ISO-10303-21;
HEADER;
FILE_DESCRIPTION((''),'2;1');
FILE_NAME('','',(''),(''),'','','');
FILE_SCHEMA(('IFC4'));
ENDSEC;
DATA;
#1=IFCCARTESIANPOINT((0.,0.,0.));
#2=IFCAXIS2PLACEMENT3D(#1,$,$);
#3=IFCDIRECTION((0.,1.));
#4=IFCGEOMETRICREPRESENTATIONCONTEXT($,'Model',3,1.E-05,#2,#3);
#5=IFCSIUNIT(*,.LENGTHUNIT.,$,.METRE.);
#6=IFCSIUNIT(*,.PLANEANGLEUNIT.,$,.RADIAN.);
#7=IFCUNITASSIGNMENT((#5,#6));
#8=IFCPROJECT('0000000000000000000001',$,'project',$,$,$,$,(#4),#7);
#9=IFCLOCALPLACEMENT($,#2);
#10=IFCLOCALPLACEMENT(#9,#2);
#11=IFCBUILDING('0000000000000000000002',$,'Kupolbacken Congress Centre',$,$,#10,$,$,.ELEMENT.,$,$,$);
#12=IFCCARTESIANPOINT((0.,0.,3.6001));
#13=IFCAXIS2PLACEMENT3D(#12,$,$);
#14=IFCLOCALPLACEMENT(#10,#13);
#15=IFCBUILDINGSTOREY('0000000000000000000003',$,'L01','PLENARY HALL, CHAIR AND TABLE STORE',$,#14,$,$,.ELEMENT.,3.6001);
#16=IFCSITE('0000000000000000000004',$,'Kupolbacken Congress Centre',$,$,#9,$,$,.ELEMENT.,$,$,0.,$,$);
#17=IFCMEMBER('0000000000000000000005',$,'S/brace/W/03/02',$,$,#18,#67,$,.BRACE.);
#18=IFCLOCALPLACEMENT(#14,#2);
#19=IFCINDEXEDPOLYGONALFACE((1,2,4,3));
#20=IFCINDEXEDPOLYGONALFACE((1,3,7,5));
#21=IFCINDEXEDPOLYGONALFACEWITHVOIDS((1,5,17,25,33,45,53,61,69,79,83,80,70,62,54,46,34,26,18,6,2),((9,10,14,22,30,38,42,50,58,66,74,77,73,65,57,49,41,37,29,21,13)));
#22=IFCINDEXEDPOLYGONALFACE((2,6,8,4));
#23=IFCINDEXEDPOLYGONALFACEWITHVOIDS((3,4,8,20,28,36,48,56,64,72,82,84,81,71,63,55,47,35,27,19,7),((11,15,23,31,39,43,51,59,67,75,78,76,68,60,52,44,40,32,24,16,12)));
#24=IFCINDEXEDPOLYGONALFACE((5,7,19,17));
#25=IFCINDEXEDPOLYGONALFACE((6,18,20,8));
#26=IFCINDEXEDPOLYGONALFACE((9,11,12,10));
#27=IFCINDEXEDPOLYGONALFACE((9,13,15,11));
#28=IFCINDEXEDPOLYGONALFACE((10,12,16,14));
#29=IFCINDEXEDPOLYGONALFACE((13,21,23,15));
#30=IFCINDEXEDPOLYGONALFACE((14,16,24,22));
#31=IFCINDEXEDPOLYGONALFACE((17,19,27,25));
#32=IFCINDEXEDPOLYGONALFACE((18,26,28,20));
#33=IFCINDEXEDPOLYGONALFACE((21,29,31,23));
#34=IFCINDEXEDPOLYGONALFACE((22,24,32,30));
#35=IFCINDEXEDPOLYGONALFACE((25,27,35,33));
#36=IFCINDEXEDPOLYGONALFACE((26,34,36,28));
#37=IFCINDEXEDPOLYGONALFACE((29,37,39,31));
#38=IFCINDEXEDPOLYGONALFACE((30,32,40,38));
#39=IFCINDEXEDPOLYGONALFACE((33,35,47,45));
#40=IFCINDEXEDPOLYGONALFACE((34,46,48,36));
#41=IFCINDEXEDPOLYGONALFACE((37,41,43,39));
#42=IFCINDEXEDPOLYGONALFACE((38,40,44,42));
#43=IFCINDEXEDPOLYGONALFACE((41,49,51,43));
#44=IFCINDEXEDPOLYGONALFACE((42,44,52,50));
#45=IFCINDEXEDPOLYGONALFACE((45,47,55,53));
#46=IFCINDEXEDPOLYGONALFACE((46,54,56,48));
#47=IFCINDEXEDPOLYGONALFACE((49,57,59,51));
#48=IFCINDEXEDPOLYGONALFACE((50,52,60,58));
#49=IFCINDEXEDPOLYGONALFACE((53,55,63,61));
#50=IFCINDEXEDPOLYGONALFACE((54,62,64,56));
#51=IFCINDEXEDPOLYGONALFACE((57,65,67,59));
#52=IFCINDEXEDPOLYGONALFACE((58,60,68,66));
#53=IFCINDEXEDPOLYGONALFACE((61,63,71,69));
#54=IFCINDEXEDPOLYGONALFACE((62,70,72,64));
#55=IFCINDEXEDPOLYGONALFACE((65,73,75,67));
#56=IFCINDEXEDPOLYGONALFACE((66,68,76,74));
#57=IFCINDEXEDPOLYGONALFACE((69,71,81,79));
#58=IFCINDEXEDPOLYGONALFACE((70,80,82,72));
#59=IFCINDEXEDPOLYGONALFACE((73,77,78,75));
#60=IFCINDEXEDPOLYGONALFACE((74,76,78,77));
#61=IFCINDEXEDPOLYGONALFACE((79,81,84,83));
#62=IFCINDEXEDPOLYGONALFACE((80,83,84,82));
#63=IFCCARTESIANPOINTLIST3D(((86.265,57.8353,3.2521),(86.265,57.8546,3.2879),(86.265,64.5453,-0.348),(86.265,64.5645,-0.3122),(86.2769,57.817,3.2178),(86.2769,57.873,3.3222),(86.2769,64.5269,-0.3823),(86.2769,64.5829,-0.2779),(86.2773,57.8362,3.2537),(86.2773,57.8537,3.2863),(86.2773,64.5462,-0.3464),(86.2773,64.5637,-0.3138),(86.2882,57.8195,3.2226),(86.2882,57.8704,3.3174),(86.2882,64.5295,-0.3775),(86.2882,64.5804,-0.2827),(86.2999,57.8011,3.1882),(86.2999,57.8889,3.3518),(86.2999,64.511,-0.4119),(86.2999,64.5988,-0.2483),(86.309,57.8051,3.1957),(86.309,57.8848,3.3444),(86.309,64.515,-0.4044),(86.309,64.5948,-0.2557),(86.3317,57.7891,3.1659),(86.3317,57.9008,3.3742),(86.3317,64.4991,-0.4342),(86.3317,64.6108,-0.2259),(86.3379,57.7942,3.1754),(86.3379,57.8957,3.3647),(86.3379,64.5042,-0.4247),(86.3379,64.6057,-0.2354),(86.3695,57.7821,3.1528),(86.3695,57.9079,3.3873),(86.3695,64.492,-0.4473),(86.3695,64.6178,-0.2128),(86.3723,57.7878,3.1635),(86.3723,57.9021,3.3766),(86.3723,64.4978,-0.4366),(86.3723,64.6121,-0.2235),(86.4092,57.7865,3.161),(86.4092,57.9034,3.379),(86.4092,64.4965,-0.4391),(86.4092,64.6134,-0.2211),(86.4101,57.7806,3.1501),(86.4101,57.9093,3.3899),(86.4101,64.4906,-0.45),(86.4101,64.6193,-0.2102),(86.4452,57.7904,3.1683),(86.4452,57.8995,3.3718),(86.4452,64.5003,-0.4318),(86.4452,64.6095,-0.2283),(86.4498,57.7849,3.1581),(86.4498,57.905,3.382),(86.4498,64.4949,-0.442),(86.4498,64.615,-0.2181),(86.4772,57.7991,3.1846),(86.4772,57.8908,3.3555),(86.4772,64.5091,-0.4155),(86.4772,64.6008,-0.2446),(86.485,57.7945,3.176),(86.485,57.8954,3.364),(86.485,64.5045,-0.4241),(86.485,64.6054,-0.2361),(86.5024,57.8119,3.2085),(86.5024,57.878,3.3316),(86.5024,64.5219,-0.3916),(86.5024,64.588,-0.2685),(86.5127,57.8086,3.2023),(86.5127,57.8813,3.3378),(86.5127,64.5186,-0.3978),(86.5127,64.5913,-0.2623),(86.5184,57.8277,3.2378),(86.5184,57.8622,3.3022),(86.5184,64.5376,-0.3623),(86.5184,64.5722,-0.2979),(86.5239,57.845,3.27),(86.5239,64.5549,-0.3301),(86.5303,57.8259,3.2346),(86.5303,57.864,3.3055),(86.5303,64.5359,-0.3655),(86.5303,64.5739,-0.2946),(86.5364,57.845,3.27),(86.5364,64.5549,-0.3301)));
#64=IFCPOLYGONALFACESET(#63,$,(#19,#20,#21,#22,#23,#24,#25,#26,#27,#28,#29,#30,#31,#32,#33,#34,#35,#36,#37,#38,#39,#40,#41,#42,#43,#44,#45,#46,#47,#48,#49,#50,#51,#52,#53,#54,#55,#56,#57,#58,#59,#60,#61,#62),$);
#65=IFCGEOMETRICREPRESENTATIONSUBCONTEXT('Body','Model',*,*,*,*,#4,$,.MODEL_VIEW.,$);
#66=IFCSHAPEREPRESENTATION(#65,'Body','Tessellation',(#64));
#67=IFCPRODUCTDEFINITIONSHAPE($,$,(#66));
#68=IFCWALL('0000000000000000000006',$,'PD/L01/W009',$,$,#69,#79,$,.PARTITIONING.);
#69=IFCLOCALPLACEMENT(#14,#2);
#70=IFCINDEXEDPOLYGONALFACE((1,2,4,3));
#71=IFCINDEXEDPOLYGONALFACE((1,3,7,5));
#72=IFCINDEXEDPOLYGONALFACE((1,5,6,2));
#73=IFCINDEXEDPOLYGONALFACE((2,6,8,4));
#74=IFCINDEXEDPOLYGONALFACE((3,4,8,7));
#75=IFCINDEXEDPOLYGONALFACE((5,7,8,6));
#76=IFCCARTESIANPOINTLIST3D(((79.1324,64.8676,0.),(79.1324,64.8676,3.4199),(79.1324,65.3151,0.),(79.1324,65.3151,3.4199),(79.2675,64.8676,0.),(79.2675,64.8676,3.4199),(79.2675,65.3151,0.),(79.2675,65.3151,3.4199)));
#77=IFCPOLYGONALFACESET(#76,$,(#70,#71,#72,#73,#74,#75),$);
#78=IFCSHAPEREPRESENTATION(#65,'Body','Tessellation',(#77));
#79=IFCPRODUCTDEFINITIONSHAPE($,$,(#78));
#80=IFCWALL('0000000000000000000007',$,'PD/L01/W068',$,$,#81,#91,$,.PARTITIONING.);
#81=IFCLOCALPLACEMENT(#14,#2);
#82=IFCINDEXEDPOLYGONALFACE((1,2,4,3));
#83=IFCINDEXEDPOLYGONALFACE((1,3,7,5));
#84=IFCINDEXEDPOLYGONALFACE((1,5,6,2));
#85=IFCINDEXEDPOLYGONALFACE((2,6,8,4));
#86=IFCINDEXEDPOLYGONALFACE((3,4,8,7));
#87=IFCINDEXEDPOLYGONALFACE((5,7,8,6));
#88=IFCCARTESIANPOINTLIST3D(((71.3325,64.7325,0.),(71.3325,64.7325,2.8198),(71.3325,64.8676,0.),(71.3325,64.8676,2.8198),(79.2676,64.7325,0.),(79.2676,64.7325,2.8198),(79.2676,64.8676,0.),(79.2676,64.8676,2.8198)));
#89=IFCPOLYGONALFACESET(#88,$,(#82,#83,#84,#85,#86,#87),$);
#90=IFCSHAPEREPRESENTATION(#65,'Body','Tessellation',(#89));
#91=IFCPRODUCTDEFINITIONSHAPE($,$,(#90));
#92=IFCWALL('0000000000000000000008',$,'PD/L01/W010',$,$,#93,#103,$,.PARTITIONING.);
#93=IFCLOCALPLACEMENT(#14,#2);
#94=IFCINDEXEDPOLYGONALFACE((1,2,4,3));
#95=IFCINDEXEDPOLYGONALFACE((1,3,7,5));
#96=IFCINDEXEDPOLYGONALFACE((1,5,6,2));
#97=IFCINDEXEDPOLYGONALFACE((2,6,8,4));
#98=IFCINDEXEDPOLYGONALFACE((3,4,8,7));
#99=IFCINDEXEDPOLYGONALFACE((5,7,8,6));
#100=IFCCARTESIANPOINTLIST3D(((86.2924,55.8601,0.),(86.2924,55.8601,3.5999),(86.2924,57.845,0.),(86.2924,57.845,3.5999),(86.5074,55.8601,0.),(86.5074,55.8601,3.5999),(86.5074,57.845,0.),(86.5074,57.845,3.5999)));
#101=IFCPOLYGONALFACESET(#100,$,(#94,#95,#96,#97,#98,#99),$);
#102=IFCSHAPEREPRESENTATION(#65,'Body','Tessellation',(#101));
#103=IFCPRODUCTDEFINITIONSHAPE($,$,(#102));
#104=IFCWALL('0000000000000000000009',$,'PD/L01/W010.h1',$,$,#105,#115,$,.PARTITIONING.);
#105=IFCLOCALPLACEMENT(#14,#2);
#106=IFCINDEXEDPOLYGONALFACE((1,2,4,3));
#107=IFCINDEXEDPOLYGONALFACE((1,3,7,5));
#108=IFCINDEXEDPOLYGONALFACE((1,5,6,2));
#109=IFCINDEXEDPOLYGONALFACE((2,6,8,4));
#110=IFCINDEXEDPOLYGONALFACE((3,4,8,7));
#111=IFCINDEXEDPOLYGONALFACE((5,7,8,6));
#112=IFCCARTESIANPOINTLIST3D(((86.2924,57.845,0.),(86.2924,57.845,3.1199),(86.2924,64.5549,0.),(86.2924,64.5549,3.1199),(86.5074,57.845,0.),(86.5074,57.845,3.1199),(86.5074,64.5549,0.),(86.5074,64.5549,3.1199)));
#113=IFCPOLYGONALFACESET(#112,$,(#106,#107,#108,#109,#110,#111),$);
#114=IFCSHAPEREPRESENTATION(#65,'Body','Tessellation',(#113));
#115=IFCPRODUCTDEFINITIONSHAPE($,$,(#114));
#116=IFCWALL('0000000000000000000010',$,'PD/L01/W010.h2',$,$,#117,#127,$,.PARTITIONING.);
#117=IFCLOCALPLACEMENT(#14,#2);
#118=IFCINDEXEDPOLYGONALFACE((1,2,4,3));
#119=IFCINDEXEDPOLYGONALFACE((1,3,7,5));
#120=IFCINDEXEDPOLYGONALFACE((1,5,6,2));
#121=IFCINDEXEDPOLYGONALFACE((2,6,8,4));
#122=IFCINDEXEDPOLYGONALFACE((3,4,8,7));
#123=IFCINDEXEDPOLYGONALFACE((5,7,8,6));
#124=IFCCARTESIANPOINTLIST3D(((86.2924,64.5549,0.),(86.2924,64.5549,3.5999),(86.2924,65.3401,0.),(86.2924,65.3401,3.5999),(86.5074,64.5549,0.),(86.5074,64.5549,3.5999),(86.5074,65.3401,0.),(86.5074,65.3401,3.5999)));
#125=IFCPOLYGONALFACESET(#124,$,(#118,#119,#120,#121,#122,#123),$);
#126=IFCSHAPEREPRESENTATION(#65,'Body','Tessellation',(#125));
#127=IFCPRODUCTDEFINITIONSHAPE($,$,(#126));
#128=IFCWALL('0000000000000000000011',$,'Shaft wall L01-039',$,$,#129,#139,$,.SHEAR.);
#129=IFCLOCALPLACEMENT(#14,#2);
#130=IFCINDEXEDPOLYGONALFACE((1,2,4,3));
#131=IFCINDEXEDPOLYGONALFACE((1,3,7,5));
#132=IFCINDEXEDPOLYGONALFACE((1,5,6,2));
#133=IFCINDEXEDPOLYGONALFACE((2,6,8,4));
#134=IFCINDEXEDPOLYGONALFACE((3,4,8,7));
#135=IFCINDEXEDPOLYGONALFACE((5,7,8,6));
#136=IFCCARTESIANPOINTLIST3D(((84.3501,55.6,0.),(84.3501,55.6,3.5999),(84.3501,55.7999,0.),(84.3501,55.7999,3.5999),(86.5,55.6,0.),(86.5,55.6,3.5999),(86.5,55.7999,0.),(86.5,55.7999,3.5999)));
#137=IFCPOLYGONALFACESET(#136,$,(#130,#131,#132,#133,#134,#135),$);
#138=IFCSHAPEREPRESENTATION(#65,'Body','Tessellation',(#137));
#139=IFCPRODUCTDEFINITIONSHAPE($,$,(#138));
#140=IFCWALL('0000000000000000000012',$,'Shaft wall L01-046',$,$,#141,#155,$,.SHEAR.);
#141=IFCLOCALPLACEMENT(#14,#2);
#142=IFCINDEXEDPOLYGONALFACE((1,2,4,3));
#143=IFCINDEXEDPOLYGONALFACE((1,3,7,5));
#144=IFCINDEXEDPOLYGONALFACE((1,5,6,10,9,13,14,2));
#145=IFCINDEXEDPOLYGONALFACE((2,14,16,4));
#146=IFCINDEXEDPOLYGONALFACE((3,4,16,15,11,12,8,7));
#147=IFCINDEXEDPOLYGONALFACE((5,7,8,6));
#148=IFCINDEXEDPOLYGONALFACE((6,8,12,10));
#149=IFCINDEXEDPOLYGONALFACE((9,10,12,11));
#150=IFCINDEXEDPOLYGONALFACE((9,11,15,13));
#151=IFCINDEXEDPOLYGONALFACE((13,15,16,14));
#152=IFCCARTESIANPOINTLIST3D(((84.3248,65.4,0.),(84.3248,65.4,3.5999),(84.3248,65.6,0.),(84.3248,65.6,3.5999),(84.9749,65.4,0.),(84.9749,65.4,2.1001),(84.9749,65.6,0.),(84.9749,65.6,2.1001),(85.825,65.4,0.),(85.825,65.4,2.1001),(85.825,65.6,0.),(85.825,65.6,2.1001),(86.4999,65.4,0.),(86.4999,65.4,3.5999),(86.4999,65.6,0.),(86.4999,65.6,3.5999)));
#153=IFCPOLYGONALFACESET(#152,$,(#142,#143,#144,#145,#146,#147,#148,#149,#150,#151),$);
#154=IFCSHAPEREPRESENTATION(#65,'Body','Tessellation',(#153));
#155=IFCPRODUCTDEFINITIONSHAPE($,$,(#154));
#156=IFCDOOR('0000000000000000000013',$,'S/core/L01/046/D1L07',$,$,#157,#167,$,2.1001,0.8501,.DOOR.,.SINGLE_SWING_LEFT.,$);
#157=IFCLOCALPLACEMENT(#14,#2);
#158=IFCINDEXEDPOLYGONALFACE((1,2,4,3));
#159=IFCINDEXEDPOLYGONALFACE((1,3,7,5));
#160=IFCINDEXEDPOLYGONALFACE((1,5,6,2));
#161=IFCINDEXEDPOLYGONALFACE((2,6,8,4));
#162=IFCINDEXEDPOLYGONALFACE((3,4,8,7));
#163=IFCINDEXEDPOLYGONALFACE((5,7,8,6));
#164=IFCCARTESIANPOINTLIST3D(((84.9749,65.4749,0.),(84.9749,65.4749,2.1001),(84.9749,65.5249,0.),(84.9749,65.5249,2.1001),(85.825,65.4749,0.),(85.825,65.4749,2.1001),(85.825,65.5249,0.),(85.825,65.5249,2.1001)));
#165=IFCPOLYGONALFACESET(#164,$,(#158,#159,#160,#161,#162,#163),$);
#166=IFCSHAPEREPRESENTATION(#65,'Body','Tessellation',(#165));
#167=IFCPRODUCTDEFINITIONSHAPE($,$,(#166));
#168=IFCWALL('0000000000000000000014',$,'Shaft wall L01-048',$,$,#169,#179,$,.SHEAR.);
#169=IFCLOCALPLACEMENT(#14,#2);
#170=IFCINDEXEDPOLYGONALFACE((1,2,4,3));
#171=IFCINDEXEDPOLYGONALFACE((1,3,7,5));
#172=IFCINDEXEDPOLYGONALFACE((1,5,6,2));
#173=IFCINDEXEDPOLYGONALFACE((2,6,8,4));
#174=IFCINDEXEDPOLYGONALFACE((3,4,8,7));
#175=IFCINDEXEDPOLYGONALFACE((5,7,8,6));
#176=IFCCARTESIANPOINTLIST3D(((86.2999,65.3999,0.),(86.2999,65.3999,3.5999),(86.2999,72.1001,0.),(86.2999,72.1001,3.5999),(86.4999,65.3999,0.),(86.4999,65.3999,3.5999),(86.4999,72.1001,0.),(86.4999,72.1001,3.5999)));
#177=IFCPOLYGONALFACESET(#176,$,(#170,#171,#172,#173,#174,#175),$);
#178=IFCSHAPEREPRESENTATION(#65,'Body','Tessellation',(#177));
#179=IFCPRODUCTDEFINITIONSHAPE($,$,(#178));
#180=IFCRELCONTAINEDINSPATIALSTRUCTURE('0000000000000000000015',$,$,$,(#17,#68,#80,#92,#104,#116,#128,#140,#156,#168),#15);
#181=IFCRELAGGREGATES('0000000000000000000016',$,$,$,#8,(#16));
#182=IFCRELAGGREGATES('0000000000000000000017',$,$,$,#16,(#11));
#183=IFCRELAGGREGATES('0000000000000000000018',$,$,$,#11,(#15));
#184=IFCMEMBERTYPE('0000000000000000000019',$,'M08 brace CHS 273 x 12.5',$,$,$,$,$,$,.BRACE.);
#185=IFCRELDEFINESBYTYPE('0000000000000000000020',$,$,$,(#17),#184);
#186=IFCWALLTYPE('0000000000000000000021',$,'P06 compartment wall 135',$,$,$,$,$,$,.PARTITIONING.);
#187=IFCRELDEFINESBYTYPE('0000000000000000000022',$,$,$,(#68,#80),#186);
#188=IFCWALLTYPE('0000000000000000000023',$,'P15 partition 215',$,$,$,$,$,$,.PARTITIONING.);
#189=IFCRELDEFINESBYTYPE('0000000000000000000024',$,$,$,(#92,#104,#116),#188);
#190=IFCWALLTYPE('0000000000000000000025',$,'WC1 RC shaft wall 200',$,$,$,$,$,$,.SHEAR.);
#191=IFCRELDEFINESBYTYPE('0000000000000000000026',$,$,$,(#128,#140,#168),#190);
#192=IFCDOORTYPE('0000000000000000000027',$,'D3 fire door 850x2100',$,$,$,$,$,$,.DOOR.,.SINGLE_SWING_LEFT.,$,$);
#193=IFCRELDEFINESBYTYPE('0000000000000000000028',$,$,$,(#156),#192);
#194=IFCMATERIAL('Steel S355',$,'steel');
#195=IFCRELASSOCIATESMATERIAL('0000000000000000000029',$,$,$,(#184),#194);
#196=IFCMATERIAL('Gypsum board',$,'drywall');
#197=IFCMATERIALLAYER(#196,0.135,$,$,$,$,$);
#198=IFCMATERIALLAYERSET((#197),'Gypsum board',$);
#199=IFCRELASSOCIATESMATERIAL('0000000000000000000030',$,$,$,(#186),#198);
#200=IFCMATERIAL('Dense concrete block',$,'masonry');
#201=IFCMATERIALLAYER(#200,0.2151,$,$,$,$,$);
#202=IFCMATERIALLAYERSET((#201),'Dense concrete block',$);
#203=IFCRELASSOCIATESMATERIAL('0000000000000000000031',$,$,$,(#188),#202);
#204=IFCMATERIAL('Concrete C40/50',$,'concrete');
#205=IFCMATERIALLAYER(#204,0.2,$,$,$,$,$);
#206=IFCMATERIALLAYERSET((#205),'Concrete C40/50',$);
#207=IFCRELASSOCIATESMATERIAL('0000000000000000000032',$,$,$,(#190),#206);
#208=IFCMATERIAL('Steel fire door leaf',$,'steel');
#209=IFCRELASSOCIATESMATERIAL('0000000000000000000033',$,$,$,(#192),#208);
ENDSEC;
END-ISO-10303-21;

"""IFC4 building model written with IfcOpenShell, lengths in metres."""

from ifc_helpers import new_model, si_unit, direction, frame, frame_2d, origin, origin_2d, place, context, subcontext, project, spatial, rectangle, hollow_circle, extrude, material, layer, layer_set, material_profile, profile_set, type_object, element, fill, save


model = new_model("IFC4")

# Units and contexts
model_context = context("Model", 3, precision=1e-05, world=origin(), true_north=direction((0.0, 1.0)))
body_context = subcontext(model_context, "Body", "Model", "MODEL_VIEW")
ifc_project = project(units=[si_unit("LENGTHUNIT", "METRE"), si_unit("PLANEANGLEUNIT", "RADIAN")], contexts=[model_context])

# Site, building, storey
site_placement = place(None, origin())
site = spatial("IfcSite", under=ifc_project, at=site_placement, Name="Kupolbacken Congress Centre", CompositionType="ELEMENT", RefElevation=0.0)
building_placement = place(site_placement, origin())
building = spatial("IfcBuilding", under=site, at=building_placement, Name="Kupolbacken Congress Centre", CompositionType="ELEMENT")
storey_placement = place(building_placement, frame((0.0, 0.0, 3.6001)))
storey = spatial("IfcBuildingStorey", under=building, at=storey_placement, Name="L01", Description="PLENARY HALL, CHAIR AND TABLE STORE", CompositionType="ELEMENT", Elevation=3.6001)

# Member
ifc_material_1 = material(Name="Steel S355", Category="steel")
ifc_material_profile_1 = material_profile(ifc_material_1, hollow_circle(Radius=0.1365, WallThickness=0.0125, at=origin_2d()), Name="CHS 273 x 12.5")
ifc_profile_set_1 = profile_set([ifc_material_profile_1], Name="Steel S355")
member_type = type_object("IfcMemberType", Name="M08 brace CHS 273 x 12.5", PredefinedType="BRACE", material=ifc_profile_set_1)
member_placement = place(storey_placement, frame((86.3999, 64.5549, -0.3301), z_axis=(0.0, -0.88118, 0.47278), x_axis=(1.0, 0.0, 0.0)))
element("IfcMember", 1, at=member_placement, inside=storey, type_object=member_type, Name="S/brace/W/03/02", PredefinedType="BRACE", context=body_context, shape_type="SweptSolid", body=[
    extrude(hollow_circle(Radius=0.1365, WallThickness=0.0125, at=origin_2d()), origin(), (0.0, 0.0, 1.0), 7.6147),
])

# Walls
ifc_material_2 = material(Name="Gypsum board", Category="drywall")
ifc_layer_1 = layer(ifc_material_2, 0.135)
ifc_layer_set_1 = layer_set([ifc_layer_1], Name="Gypsum board")
wall_type_1 = type_object("IfcWallType", Name="P06 compartment wall 135", PredefinedType="PARTITIONING", material=ifc_layer_set_1)
wall_1_placement = place(storey_placement, frame((79.2, 65.3149, 0.0), z_axis=(0.0, 0.0, 1.0), x_axis=(0.0, -1.0, 0.0)))
element("IfcWall", 2, at=wall_1_placement, inside=storey, type_object=wall_type_1, Name="PD/L01/W009", PredefinedType="PARTITIONING", context=body_context, shape_type="SweptSolid", body=[
    extrude(rectangle(XDim=0.4475, YDim=0.135, at=frame_2d((0.2236, 0.0))), origin(), (0.0, 0.0, 1.0), 3.4199),
])
wall_2_placement = place(storey_placement, frame((79.2676, 64.8, 0.0), z_axis=(0.0, 0.0, 1.0), x_axis=(-1.0, 0.0, 0.0)))
element("IfcWall", 3, at=wall_2_placement, inside=storey, type_object=wall_type_1, Name="PD/L01/W068", PredefinedType="PARTITIONING", context=body_context, shape_type="SweptSolid", body=[
    extrude(rectangle(XDim=7.9351, YDim=0.135, at=frame_2d((3.9675, 0.0))), origin(), (0.0, 0.0, 1.0), 2.8198),
])
ifc_material_3 = material(Name="Dense concrete block", Category="masonry")
ifc_layer_2 = layer(ifc_material_3, 0.2151)
ifc_layer_set_2 = layer_set([ifc_layer_2], Name="Dense concrete block")
wall_type_2 = type_object("IfcWallType", Name="P15 partition 215", PredefinedType="PARTITIONING", material=ifc_layer_set_2)
wall_3_placement = place(storey_placement, frame((86.3999, 55.8601, 0.0), z_axis=(0.0, 0.0, 1.0), x_axis=(0.0, 1.0, 0.0)))
element("IfcWall", 4, at=wall_3_placement, inside=storey, type_object=wall_type_2, Name="PD/L01/W010", PredefinedType="PARTITIONING", context=body_context, shape_type="SweptSolid", body=[
    extrude(rectangle(XDim=1.9849, YDim=0.2151, at=frame_2d((0.9924, 0.0))), origin(), (0.0, 0.0, 1.0), 3.5999),
])
wall_4_placement = place(storey_placement, frame((86.3999, 57.845, 0.0), z_axis=(0.0, 0.0, 1.0), x_axis=(0.0, 1.0, 0.0)))
element("IfcWall", 5, at=wall_4_placement, inside=storey, type_object=wall_type_2, Name="PD/L01/W010.h1", PredefinedType="PARTITIONING", context=body_context, shape_type="SweptSolid", body=[
    extrude(rectangle(XDim=6.71, YDim=0.2151, at=frame_2d((3.355, 0.0))), origin(), (0.0, 0.0, 1.0), 3.1199),
])
wall_5_placement = place(storey_placement, frame((86.3999, 64.5549, 0.0), z_axis=(0.0, 0.0, 1.0), x_axis=(0.0, 1.0, 0.0)))
element("IfcWall", 6, at=wall_5_placement, inside=storey, type_object=wall_type_2, Name="PD/L01/W010.h2", PredefinedType="PARTITIONING", context=body_context, shape_type="SweptSolid", body=[
    extrude(rectangle(XDim=0.7852, YDim=0.2151, at=frame_2d((0.3926, 0.0))), origin(), (0.0, 0.0, 1.0), 3.5999),
])
ifc_material_4 = material(Name="Concrete C40/50", Category="concrete")
ifc_layer_3 = layer(ifc_material_4, 0.2)
ifc_layer_set_3 = layer_set([ifc_layer_3], Name="Concrete C40/50")
wall_type_3 = type_object("IfcWallType", Name="WC1 RC shaft wall 200", PredefinedType="SHEAR", material=ifc_layer_set_3)
wall_6_placement = place(storey_placement, frame((86.5, 55.7, 0.0), z_axis=(0.0, 0.0, 1.0), x_axis=(-1.0, 0.0, 0.0)))
element("IfcWall", 7, at=wall_6_placement, inside=storey, type_object=wall_type_3, Name="Shaft wall L01-039", PredefinedType="SHEAR", context=body_context, shape_type="SweptSolid", body=[
    extrude(rectangle(XDim=2.1499, YDim=0.2, at=frame_2d((1.075, 0.0))), origin(), (0.0, 0.0, 1.0), 3.5999),
])

# Wall, opening, door
wall_7_placement = place(storey_placement, frame((84.325, 65.5, 0.0), z_axis=(0.0, 0.0, 1.0), x_axis=(1.0, 0.0, 0.0)))
wall_7 = element("IfcWall", 8, at=wall_7_placement, inside=storey, type_object=wall_type_3, Name="Shaft wall L01-046", PredefinedType="SHEAR", context=body_context, shape_type="SweptSolid", body=[
    extrude(rectangle(XDim=2.175, YDim=0.2, at=frame_2d((1.0874, 0.0))), origin(), (0.0, 0.0, 1.0), 3.5999),
])
opening_1_placement = place(wall_7_placement, frame((0.6499, 0.0, 0.0)))
opening_1 = element("IfcOpeningElement", 9, at=opening_1_placement, cuts=wall_7, PredefinedType="OPENING", context=body_context, shape_type="SweptSolid", body=[
    extrude(rectangle(XDim=0.8501, YDim=2.1001, at=frame_2d((0.425, 1.05))), frame((0.0, 0.1099, 0.0), z_axis=(0.0, -1.0, 0.0), x_axis=(1.0, 0.0, 0.0)), (0.0, 0.0, 1.0), 0.22),
])
ifc_material_5 = material(Name="Steel fire door leaf", Category="steel")
door_type_1 = type_object("IfcDoorType", Name="D3 fire door 850x2100", OperationType="SINGLE_SWING_LEFT", PredefinedType="DOOR", material=ifc_material_5)
door_1_placement = place(opening_1_placement, origin())
door_1 = element("IfcDoor", 10, at=door_1_placement, inside=storey, type_object=door_type_1, Name="S/core/L01/046/D1L07", OperationType="SINGLE_SWING_LEFT", OverallHeight=2.1001, OverallWidth=0.8501, PredefinedType="DOOR", context=body_context, shape_type="SweptSolid", body=[
    extrude(rectangle(XDim=0.8501, YDim=2.1001, at=frame_2d((0.425, 1.05))), frame((0.0, 0.0249, 0.0), z_axis=(0.0, -1.0, 0.0), x_axis=(1.0, 0.0, 0.0)), (0.0, 0.0, 1.0), 0.05),
])
fill(opening_1, door_1)

# Wall
wall_8_placement = place(storey_placement, frame((86.3999, 65.3999, 0.0), z_axis=(0.0, 0.0, 1.0), x_axis=(0.0, 1.0, 0.0)))
element("IfcWall", 11, at=wall_8_placement, inside=storey, type_object=wall_type_3, Name="Shaft wall L01-048", PredefinedType="SHEAR", context=body_context, shape_type="SweptSolid", body=[
    extrude(rectangle(XDim=6.7002, YDim=0.2, at=frame_2d((3.3501, 0.0))), origin(), (0.0, 0.0, 1.0), 3.5999),
])

save(model, "model.ifc")
